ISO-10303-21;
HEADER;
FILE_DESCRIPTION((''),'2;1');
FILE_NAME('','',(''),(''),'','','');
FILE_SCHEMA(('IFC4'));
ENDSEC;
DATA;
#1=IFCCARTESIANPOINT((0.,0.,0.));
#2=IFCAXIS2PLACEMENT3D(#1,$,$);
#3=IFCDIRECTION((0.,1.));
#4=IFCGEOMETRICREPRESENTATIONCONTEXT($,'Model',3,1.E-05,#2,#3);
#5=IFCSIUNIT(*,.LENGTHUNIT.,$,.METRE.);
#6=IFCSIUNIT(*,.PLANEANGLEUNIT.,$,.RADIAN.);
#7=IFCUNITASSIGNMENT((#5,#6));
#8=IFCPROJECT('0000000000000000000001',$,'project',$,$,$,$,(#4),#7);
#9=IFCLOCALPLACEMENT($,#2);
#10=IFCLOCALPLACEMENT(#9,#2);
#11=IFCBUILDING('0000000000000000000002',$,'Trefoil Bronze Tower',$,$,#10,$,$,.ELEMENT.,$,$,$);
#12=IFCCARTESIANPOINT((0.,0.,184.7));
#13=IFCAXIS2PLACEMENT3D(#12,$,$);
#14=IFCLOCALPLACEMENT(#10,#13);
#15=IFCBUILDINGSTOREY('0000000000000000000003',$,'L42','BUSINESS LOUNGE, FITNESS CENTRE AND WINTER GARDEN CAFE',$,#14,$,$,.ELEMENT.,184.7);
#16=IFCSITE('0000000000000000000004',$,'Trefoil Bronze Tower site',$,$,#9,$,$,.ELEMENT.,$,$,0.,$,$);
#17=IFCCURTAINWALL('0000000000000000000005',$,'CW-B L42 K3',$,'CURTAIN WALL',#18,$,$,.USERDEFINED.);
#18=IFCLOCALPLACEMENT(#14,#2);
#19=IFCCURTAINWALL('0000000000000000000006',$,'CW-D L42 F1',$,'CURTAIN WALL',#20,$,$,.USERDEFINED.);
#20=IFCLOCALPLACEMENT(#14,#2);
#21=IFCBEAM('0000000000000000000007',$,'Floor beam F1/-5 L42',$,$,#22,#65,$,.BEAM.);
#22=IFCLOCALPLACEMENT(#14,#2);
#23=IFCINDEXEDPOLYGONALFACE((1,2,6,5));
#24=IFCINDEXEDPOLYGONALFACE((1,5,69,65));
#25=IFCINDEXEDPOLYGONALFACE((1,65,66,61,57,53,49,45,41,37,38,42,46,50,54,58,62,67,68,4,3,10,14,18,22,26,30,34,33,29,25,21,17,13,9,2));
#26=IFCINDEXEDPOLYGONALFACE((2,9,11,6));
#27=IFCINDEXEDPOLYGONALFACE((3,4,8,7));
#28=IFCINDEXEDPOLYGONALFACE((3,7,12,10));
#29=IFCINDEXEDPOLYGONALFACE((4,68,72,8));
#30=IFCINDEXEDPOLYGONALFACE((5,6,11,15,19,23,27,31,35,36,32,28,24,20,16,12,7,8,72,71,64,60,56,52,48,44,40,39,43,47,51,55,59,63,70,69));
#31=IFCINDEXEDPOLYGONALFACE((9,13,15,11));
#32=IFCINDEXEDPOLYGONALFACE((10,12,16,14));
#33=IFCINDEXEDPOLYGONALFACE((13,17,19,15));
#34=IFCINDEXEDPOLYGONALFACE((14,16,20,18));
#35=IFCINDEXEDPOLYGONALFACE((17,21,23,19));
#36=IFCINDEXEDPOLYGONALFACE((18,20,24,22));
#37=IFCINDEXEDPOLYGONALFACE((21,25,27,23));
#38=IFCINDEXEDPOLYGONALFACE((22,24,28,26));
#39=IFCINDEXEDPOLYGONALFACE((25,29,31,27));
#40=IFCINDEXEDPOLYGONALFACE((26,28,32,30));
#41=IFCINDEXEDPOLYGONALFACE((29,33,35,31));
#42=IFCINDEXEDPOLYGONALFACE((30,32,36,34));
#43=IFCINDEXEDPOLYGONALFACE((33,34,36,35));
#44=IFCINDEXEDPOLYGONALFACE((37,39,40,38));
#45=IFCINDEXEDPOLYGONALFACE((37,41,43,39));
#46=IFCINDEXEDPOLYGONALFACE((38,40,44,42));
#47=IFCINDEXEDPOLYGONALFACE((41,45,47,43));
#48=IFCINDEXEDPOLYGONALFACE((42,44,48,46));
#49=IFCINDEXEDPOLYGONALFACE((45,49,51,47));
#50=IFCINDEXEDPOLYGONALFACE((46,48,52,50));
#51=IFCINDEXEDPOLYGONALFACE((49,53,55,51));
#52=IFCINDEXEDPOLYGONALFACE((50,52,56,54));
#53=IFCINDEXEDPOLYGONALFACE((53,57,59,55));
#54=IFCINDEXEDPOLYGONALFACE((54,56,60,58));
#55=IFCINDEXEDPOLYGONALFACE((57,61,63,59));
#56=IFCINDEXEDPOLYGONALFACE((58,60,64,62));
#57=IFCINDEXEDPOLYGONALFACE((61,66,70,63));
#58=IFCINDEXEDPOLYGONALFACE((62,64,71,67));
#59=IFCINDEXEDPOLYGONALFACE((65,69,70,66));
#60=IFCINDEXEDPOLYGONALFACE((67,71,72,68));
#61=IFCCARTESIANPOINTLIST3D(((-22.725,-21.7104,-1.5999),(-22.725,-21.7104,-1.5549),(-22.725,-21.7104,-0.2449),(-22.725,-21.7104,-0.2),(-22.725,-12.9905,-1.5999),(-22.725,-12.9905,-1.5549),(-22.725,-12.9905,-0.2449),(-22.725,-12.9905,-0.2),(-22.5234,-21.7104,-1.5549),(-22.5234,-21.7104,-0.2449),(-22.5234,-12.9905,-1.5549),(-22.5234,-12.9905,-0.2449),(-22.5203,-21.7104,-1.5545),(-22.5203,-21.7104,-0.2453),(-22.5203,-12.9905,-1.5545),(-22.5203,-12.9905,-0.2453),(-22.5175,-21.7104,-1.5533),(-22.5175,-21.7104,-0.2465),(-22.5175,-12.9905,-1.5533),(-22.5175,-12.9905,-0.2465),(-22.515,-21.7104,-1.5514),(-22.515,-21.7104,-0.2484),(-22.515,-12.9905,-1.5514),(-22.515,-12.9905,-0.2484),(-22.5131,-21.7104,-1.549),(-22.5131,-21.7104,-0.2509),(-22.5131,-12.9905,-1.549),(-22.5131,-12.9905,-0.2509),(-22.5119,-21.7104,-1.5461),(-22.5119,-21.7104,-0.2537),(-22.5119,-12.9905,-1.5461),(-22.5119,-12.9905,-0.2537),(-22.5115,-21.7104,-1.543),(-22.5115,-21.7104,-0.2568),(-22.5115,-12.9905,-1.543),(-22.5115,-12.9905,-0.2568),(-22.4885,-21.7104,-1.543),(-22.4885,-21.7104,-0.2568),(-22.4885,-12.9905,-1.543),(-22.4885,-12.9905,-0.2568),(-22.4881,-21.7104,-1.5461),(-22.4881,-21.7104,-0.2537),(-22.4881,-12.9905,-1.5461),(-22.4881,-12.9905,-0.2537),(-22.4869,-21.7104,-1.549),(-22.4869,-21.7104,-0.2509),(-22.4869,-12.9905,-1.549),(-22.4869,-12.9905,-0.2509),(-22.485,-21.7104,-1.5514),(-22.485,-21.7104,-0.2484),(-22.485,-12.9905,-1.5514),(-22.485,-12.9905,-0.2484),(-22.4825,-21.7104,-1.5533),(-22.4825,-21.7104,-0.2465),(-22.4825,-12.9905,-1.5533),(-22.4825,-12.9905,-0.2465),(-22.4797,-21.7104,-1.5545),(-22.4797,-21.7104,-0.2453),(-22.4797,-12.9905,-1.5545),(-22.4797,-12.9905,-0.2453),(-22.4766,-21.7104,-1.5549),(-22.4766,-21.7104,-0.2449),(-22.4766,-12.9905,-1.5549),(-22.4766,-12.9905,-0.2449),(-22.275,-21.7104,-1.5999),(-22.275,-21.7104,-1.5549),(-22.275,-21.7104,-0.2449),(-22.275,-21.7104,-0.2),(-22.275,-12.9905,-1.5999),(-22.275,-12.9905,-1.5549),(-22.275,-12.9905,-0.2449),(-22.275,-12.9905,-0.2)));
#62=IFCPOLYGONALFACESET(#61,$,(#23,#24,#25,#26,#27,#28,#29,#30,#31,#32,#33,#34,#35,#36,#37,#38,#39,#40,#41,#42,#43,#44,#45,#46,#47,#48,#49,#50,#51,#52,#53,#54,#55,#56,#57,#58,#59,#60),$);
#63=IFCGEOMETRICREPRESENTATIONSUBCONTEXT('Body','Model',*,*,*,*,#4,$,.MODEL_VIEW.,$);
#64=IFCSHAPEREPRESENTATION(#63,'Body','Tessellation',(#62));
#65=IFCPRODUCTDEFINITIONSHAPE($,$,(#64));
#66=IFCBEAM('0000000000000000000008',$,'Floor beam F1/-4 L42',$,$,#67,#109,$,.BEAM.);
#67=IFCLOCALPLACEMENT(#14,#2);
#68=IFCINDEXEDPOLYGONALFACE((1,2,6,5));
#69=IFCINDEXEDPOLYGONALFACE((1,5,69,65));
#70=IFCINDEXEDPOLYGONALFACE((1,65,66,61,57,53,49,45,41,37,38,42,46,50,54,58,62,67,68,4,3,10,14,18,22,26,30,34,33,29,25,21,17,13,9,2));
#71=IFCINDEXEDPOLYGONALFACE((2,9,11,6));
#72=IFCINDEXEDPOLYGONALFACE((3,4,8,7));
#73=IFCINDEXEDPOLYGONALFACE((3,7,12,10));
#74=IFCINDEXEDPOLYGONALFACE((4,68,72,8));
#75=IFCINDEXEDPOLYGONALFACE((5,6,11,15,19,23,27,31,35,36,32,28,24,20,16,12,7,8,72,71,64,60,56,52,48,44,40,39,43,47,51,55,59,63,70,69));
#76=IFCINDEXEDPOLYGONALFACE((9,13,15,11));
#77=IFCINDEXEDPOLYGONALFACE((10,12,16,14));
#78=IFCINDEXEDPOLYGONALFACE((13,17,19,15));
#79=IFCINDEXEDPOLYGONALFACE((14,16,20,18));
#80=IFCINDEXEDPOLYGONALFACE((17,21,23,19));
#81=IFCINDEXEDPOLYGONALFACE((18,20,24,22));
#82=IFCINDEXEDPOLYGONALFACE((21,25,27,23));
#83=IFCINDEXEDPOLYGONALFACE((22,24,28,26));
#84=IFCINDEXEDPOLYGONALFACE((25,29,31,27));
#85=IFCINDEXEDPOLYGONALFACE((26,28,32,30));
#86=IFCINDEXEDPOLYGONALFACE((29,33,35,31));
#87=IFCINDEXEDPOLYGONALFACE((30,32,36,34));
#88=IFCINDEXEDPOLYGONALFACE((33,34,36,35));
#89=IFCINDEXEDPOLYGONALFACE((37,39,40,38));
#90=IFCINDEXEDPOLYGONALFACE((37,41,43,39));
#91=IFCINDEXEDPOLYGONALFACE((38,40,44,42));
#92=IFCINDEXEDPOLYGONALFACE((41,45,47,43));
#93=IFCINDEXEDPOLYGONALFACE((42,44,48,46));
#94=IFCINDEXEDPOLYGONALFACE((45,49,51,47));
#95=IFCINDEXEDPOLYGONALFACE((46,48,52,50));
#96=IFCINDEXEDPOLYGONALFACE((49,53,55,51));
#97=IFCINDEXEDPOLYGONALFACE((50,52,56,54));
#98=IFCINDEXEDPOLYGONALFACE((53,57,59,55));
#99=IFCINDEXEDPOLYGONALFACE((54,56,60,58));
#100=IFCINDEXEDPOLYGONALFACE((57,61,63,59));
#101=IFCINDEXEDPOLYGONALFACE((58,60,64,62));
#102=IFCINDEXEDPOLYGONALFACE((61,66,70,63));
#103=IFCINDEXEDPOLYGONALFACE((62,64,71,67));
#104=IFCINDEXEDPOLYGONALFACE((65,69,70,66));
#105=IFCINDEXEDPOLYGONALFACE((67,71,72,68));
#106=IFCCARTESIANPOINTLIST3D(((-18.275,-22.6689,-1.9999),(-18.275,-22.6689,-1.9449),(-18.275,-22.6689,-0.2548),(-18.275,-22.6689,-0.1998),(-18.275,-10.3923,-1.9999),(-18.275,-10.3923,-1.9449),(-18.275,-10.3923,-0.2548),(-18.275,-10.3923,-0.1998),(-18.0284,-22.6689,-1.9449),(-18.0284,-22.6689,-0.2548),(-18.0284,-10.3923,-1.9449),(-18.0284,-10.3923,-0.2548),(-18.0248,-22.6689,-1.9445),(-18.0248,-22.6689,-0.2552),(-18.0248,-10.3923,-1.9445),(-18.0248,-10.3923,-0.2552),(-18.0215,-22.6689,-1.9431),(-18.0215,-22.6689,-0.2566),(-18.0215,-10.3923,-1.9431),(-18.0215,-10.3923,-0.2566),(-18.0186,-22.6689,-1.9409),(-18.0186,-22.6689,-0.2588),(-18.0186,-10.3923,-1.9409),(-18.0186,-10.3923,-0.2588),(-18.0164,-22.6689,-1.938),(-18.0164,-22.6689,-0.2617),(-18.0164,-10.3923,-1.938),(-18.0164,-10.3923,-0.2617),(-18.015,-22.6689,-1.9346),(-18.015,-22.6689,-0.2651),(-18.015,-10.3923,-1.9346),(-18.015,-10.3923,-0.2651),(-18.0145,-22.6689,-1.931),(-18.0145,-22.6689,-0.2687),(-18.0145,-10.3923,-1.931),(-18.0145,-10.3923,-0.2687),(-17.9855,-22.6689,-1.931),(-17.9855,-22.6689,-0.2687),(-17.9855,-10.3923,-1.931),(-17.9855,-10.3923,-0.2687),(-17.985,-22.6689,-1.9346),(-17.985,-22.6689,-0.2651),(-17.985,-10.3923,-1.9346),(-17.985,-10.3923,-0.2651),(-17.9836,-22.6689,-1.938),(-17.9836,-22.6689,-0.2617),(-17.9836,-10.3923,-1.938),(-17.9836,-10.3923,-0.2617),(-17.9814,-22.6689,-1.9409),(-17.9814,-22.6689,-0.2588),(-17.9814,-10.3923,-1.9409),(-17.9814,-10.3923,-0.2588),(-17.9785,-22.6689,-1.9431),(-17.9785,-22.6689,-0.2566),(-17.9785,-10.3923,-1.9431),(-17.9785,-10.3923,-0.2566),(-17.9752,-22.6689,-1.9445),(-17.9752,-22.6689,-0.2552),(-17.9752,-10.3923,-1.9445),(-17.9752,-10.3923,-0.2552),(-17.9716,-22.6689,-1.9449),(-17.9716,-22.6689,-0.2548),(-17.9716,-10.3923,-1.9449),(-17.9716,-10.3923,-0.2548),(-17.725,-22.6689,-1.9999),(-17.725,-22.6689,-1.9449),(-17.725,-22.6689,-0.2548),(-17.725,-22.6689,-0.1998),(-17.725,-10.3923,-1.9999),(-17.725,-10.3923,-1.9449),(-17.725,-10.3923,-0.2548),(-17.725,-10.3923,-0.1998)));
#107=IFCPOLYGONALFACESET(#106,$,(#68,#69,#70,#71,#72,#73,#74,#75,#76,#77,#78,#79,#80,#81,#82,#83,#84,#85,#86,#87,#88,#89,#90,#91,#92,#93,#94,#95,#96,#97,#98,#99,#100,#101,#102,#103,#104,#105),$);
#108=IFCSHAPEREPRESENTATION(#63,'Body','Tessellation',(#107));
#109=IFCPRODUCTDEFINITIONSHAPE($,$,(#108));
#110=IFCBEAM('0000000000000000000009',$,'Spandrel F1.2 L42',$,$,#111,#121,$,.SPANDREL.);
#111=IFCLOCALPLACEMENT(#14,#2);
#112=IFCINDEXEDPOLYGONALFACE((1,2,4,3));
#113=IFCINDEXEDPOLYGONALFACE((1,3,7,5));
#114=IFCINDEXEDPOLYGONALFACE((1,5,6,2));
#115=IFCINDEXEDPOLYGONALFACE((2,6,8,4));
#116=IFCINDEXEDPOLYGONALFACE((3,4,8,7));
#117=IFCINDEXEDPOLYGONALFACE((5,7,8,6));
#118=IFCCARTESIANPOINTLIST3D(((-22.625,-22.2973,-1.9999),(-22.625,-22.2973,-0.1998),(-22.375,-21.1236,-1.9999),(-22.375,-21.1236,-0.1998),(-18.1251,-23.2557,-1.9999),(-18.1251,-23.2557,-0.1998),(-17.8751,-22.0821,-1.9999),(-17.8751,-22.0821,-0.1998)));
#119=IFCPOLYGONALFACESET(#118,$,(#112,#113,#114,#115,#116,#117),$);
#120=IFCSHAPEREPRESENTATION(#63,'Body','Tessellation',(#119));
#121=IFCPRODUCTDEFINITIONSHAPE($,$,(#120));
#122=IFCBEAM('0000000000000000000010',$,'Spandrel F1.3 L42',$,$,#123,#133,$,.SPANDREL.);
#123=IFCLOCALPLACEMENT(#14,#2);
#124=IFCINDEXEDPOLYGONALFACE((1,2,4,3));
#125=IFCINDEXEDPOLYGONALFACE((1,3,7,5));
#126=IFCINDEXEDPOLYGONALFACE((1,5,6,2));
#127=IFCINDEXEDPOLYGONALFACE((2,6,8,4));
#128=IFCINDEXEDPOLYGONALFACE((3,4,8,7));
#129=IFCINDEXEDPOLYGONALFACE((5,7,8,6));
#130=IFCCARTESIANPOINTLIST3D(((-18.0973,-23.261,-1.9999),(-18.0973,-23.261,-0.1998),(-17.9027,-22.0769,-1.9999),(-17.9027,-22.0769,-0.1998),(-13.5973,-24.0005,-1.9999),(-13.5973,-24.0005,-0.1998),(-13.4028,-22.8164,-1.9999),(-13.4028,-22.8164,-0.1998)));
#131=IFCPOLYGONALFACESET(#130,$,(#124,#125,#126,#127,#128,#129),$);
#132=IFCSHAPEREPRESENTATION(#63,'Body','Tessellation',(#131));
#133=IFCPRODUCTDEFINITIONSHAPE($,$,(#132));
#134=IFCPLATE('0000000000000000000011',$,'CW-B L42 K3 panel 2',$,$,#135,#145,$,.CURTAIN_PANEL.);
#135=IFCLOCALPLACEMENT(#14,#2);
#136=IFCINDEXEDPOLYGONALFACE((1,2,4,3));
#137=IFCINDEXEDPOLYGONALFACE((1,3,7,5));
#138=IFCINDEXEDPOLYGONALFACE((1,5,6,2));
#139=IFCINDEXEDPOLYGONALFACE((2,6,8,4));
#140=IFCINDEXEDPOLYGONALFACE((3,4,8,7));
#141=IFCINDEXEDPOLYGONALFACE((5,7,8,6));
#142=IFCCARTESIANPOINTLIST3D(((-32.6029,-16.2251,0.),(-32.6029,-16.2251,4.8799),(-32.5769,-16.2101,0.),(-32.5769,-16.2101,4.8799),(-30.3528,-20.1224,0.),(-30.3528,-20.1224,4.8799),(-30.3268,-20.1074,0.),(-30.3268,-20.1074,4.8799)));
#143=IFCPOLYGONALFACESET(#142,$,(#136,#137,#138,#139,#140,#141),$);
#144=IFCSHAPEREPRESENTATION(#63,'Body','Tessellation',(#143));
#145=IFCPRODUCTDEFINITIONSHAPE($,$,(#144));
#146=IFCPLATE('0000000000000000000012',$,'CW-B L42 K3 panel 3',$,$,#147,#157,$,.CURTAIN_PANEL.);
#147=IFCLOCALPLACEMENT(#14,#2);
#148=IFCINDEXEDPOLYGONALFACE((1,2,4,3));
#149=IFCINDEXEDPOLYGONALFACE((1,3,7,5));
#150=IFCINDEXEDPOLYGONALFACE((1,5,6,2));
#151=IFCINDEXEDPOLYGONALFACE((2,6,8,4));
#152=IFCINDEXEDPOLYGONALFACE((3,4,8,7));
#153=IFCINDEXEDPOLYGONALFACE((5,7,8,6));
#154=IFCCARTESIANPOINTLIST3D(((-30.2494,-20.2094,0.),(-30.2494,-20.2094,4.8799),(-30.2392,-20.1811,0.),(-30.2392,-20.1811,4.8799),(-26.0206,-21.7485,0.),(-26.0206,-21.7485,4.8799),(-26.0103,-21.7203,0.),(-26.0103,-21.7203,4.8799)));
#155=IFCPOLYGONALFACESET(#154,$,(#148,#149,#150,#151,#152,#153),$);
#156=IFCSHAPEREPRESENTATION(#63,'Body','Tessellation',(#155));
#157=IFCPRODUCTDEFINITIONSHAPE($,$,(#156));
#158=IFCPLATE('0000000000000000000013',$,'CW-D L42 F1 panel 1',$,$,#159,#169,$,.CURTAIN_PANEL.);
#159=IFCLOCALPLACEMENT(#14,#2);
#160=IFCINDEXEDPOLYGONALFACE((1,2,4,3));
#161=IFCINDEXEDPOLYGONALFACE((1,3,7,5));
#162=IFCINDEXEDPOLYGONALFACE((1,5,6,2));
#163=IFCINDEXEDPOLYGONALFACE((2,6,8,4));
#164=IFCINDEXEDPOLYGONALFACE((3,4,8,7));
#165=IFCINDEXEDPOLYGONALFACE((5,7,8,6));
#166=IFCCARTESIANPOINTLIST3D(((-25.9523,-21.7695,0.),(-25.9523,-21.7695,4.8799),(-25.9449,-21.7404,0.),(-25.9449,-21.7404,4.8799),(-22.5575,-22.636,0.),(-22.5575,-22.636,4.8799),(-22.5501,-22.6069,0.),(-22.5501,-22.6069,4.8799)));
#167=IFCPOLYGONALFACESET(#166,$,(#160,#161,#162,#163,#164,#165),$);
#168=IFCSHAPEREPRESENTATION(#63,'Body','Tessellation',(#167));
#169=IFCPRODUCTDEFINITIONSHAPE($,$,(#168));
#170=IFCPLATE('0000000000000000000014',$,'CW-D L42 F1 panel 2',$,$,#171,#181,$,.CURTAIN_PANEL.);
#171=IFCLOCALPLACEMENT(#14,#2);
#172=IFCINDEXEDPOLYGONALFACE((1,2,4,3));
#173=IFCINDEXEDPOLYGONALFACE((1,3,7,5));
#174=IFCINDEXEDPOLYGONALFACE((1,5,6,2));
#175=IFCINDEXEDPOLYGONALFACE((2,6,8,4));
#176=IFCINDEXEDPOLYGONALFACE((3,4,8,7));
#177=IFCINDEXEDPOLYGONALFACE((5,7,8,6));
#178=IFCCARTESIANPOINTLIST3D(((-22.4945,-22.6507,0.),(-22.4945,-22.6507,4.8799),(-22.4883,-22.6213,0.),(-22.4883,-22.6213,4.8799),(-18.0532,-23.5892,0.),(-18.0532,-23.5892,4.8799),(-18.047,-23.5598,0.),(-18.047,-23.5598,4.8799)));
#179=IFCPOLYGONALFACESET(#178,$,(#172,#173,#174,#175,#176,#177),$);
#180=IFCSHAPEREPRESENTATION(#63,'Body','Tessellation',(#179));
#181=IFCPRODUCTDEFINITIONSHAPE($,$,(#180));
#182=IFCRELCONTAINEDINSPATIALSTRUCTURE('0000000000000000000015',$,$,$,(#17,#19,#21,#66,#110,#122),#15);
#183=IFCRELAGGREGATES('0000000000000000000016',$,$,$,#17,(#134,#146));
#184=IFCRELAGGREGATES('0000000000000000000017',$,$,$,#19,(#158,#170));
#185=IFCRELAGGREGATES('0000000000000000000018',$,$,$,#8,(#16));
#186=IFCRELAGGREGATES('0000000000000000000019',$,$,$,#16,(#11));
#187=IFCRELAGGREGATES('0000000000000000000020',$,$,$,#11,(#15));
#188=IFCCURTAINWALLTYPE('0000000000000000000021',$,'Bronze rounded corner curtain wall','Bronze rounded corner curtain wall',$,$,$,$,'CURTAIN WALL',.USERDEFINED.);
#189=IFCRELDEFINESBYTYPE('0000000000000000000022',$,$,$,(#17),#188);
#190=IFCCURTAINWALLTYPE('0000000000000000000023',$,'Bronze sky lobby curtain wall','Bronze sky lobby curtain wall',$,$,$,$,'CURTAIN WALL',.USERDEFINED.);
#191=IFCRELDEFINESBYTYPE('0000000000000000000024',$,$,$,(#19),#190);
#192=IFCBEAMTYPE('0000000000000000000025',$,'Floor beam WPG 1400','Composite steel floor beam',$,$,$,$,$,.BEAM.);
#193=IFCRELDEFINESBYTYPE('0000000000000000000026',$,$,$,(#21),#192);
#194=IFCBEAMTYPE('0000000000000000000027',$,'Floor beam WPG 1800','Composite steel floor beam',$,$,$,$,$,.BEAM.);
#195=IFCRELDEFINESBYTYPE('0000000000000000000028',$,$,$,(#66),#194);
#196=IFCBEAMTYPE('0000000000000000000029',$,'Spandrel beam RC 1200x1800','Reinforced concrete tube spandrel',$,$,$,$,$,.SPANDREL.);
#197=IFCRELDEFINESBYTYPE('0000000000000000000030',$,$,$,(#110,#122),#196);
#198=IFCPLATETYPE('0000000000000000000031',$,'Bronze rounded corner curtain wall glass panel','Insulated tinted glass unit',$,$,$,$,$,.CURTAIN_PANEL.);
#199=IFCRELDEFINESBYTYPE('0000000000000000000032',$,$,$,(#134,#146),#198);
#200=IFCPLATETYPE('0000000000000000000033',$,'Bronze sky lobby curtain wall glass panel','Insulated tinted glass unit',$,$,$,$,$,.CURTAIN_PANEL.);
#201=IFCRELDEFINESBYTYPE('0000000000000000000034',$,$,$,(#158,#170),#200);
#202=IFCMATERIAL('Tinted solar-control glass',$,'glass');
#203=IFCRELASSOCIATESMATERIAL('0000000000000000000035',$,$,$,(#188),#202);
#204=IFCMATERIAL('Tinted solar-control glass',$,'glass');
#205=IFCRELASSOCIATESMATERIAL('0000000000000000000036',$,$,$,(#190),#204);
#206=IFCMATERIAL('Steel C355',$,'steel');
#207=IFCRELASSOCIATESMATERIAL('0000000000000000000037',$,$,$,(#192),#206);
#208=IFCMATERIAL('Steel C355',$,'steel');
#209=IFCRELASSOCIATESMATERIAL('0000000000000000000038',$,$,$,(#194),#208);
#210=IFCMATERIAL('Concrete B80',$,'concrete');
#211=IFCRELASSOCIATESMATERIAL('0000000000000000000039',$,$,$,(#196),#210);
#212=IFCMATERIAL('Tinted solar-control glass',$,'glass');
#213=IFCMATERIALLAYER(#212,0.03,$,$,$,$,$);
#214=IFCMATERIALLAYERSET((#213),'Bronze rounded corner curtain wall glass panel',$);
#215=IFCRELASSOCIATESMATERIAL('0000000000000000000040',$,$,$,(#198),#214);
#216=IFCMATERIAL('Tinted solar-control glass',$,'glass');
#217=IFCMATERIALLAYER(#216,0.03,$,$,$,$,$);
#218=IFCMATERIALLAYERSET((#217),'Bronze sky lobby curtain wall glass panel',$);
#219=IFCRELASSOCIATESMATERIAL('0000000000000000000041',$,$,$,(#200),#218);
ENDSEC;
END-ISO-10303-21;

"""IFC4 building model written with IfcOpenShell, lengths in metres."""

from ifc_helpers import new_model, si_unit, direction, frame, origin, origin_2d, place, context, subcontext, project, spatial, rectangle, i_section, extrude, material, layer, layer_set, material_profile, profile_set, type_object, element, aggregate, save


model = new_model("IFC4")

# Units and contexts
model_context = context("Model", 3, precision=1e-05, world=origin(), true_north=direction((0.0, 1.0)))
body_context = subcontext(model_context, "Body", "Model", "MODEL_VIEW")
ifc_project = project(units=[si_unit("LENGTHUNIT", "METRE"), si_unit("PLANEANGLEUNIT", "RADIAN")], contexts=[model_context])

# Site, building, storey
site_placement = place(None, origin())
site = spatial("IfcSite", under=ifc_project, at=site_placement, Name="Trefoil Bronze Tower site", CompositionType="ELEMENT", RefElevation=0.0)
building_placement = place(site_placement, origin())
building = spatial("IfcBuilding", under=site, at=building_placement, Name="Trefoil Bronze Tower", CompositionType="ELEMENT")
storey_placement = place(building_placement, frame((0.0, 0.0, 184.7)))
storey = spatial("IfcBuildingStorey", under=building, at=storey_placement, Name="L42", Description="BUSINESS LOUNGE, FITNESS CENTRE AND WINTER GARDEN CAFE", CompositionType="ELEMENT", Elevation=184.7)

# Curtain walls
ifc_material_1 = material(Name="Tinted solar-control glass", Category="glass")
curtain_wall_type_1 = type_object("IfcCurtainWallType", Name="Bronze rounded corner curtain wall", Description="Bronze rounded corner curtain wall", ElementType="CURTAIN WALL", PredefinedType="USERDEFINED", material=ifc_material_1)
curtain_wall_1_placement = place(storey_placement, origin())
curtain_wall_1 = element("IfcCurtainWall", 1, at=curtain_wall_1_placement, inside=storey, type_object=curtain_wall_type_1, Name="CW-B L42 K3", ObjectType="CURTAIN WALL", PredefinedType="USERDEFINED")
ifc_material_2 = material(Name="Tinted solar-control glass", Category="glass")
curtain_wall_type_2 = type_object("IfcCurtainWallType", Name="Bronze sky lobby curtain wall", Description="Bronze sky lobby curtain wall", ElementType="CURTAIN WALL", PredefinedType="USERDEFINED", material=ifc_material_2)
curtain_wall_2_placement = place(storey_placement, origin())
curtain_wall_2 = element("IfcCurtainWall", 2, at=curtain_wall_2_placement, inside=storey, type_object=curtain_wall_type_2, Name="CW-D L42 F1", ObjectType="CURTAIN WALL", PredefinedType="USERDEFINED")

# Beams
ifc_material_3 = material(Name="Steel C355", Category="steel")
ifc_material_profile_1 = material_profile(ifc_material_3, i_section(OverallWidth=0.45, OverallDepth=1.3999, WebThickness=0.0229, FlangeThickness=0.0449, FilletRadius=0.012, at=origin_2d()), Name="WPG 1400")
ifc_profile_set_1 = profile_set([ifc_material_profile_1], Name="Steel C355")
beam_type_1 = type_object("IfcBeamType", Name="Floor beam WPG 1400", Description="Composite steel floor beam", PredefinedType="BEAM", material=ifc_profile_set_1)
beam_1_placement = place(storey_placement, frame((-22.5, -21.7104, -0.8999), z_axis=(0.0, 1.0, 0.0), x_axis=(-1.0, 0.0, 0.0)))
element("IfcBeam", 3, at=beam_1_placement, inside=storey, type_object=beam_type_1, Name="Floor beam F1/-5 L42", PredefinedType="BEAM", context=body_context, shape_type="SweptSolid", body=[
    extrude(i_section(OverallWidth=0.45, OverallDepth=1.3999, WebThickness=0.0229, FlangeThickness=0.0449, FilletRadius=0.012, at=origin_2d()), origin(), (0.0, 0.0, 1.0), 8.72),
])
ifc_material_4 = material(Name="Steel C355", Category="steel")
ifc_material_profile_2 = material_profile(ifc_material_4, i_section(OverallWidth=0.55, OverallDepth=1.8, WebThickness=0.0291, FlangeThickness=0.0549, FilletRadius=0.0139, at=origin_2d()), Name="WPG 1800")
ifc_profile_set_2 = profile_set([ifc_material_profile_2], Name="Steel C355")
beam_type_2 = type_object("IfcBeamType", Name="Floor beam WPG 1800", Description="Composite steel floor beam", PredefinedType="BEAM", material=ifc_profile_set_2)
beam_2_placement = place(storey_placement, frame((-18.0, -22.6689, -1.0999), z_axis=(0.0, 1.0, 0.0), x_axis=(-1.0, 0.0, 0.0)))
element("IfcBeam", 4, at=beam_2_placement, inside=storey, type_object=beam_type_2, Name="Floor beam F1/-4 L42", PredefinedType="BEAM", context=body_context, shape_type="SweptSolid", body=[
    extrude(i_section(OverallWidth=0.55, OverallDepth=1.8, WebThickness=0.0291, FlangeThickness=0.0549, FilletRadius=0.0139, at=origin_2d()), origin(), (0.0, 0.0, 1.0), 12.2766),
])
ifc_material_5 = material(Name="Concrete B80", Category="concrete")
ifc_material_profile_3 = material_profile(ifc_material_5, rectangle(XDim=1.2, YDim=1.8, at=origin_2d()), Name="RC 1200x1800")
ifc_profile_set_3 = profile_set([ifc_material_profile_3], Name="Concrete B80")
beam_type_3 = type_object("IfcBeamType", Name="Spandrel beam RC 1200x1800", Description="Reinforced concrete tube spandrel", PredefinedType="SPANDREL", material=ifc_profile_set_3)
beam_3_placement = place(storey_placement, frame((-22.5, -21.7104, -1.0999), z_axis=(0.978059, -0.208326, 0.0), x_axis=(0.208326, 0.978059, 0.0)))
element("IfcBeam", 5, at=beam_3_placement, inside=storey, type_object=beam_type_3, Name="Spandrel F1.2 L42", PredefinedType="SPANDREL", context=body_context, shape_type="SweptSolid", body=[
    extrude(rectangle(XDim=1.2, YDim=1.8, at=origin_2d()), origin(), (0.0, 0.0, 1.0), 4.6008),
])
beam_4_placement = place(storey_placement, frame((-18.0, -22.6689, -1.0999), z_axis=(0.986765, -0.162159, 0.0), x_axis=(0.162159, 0.986765, 0.0)))
element("IfcBeam", 6, at=beam_4_placement, inside=storey, type_object=beam_type_3, Name="Spandrel F1.3 L42", PredefinedType="SPANDREL", context=body_context, shape_type="SweptSolid", body=[
    extrude(rectangle(XDim=1.2, YDim=1.8, at=origin_2d()), origin(), (0.0, 0.0, 1.0), 4.5603),
])

# Plates
ifc_material_6 = material(Name="Tinted solar-control glass", Category="glass")
ifc_layer_1 = layer(ifc_material_6, 0.03)
ifc_layer_set_1 = layer_set([ifc_layer_1], Name="Bronze rounded corner curtain wall glass panel")
plate_type_1 = type_object("IfcPlateType", Name="Bronze rounded corner curtain wall glass panel", Description="Insulated tinted glass unit", PredefinedType="CURTAIN_PANEL", material=ifc_layer_set_1)
plate_1_placement = place(storey_placement, frame((-31.4648, -18.1663, 0.0), z_axis=(0.0, 0.0, 1.0), x_axis=(0.5, -0.866025, 0.0)))
plate_1 = element("IfcPlate", 7, at=plate_1_placement, type_object=plate_type_1, Name="CW-B L42 K3 panel 2", PredefinedType="CURTAIN_PANEL", context=body_context, shape_type="SweptSolid", body=[
    extrude(rectangle(XDim=4.5002, YDim=0.03, at=origin_2d()), origin(), (0.0, 0.0, 1.0), 4.8799),
])
plate_2_placement = place(storey_placement, frame((-28.1299, -20.9648, 0.0), z_axis=(0.0, 0.0, 1.0), x_axis=(0.939693, -0.34202, 0.0)))
plate_2 = element("IfcPlate", 8, at=plate_2_placement, type_object=plate_type_1, Name="CW-B L42 K3 panel 3", PredefinedType="CURTAIN_PANEL", context=body_context, shape_type="SweptSolid", body=[
    extrude(rectangle(XDim=4.5002, YDim=0.03, at=origin_2d()), origin(), (0.0, 0.0, 1.0), 4.8799),
])
aggregate(curtain_wall_1, [plate_1, plate_2])
ifc_material_7 = material(Name="Tinted solar-control glass", Category="glass")
ifc_layer_2 = layer(ifc_material_7, 0.03)
ifc_layer_set_2 = layer_set([ifc_layer_2], Name="Bronze sky lobby curtain wall glass panel")
plate_type_2 = type_object("IfcPlateType", Name="Bronze sky lobby curtain wall glass panel", Description="Insulated tinted glass unit", PredefinedType="CURTAIN_PANEL", material=ifc_layer_set_2)
plate_3_placement = place(storey_placement, frame((-24.2512, -22.1882, 0.0), z_axis=(0.0, 0.0, 1.0), x_axis=(0.968934, -0.247319, 0.0)))
plate_3 = element("IfcPlate", 9, at=plate_3_placement, type_object=plate_type_2, Name="CW-D L42 F1 panel 1", PredefinedType="CURTAIN_PANEL", context=body_context, shape_type="SweptSolid", body=[
    extrude(rectangle(XDim=3.5037, YDim=0.03, at=origin_2d()), origin(), (0.0, 0.0, 1.0), 4.8799),
])
plate_4_placement = place(storey_placement, frame((-20.2708, -23.1052, 0.0), z_axis=(0.0, 0.0, 1.0), x_axis=(0.978394, -0.206747, 0.0)))
plate_4 = element("IfcPlate", 10, at=plate_4_placement, type_object=plate_type_2, Name="CW-D L42 F1 panel 2", PredefinedType="CURTAIN_PANEL", context=body_context, shape_type="SweptSolid", body=[
    extrude(rectangle(XDim=4.5393, YDim=0.03, at=origin_2d()), origin(), (0.0, 0.0, 1.0), 4.8799),
])
aggregate(curtain_wall_2, [plate_3, plate_4])

save(model, "model.ifc")
